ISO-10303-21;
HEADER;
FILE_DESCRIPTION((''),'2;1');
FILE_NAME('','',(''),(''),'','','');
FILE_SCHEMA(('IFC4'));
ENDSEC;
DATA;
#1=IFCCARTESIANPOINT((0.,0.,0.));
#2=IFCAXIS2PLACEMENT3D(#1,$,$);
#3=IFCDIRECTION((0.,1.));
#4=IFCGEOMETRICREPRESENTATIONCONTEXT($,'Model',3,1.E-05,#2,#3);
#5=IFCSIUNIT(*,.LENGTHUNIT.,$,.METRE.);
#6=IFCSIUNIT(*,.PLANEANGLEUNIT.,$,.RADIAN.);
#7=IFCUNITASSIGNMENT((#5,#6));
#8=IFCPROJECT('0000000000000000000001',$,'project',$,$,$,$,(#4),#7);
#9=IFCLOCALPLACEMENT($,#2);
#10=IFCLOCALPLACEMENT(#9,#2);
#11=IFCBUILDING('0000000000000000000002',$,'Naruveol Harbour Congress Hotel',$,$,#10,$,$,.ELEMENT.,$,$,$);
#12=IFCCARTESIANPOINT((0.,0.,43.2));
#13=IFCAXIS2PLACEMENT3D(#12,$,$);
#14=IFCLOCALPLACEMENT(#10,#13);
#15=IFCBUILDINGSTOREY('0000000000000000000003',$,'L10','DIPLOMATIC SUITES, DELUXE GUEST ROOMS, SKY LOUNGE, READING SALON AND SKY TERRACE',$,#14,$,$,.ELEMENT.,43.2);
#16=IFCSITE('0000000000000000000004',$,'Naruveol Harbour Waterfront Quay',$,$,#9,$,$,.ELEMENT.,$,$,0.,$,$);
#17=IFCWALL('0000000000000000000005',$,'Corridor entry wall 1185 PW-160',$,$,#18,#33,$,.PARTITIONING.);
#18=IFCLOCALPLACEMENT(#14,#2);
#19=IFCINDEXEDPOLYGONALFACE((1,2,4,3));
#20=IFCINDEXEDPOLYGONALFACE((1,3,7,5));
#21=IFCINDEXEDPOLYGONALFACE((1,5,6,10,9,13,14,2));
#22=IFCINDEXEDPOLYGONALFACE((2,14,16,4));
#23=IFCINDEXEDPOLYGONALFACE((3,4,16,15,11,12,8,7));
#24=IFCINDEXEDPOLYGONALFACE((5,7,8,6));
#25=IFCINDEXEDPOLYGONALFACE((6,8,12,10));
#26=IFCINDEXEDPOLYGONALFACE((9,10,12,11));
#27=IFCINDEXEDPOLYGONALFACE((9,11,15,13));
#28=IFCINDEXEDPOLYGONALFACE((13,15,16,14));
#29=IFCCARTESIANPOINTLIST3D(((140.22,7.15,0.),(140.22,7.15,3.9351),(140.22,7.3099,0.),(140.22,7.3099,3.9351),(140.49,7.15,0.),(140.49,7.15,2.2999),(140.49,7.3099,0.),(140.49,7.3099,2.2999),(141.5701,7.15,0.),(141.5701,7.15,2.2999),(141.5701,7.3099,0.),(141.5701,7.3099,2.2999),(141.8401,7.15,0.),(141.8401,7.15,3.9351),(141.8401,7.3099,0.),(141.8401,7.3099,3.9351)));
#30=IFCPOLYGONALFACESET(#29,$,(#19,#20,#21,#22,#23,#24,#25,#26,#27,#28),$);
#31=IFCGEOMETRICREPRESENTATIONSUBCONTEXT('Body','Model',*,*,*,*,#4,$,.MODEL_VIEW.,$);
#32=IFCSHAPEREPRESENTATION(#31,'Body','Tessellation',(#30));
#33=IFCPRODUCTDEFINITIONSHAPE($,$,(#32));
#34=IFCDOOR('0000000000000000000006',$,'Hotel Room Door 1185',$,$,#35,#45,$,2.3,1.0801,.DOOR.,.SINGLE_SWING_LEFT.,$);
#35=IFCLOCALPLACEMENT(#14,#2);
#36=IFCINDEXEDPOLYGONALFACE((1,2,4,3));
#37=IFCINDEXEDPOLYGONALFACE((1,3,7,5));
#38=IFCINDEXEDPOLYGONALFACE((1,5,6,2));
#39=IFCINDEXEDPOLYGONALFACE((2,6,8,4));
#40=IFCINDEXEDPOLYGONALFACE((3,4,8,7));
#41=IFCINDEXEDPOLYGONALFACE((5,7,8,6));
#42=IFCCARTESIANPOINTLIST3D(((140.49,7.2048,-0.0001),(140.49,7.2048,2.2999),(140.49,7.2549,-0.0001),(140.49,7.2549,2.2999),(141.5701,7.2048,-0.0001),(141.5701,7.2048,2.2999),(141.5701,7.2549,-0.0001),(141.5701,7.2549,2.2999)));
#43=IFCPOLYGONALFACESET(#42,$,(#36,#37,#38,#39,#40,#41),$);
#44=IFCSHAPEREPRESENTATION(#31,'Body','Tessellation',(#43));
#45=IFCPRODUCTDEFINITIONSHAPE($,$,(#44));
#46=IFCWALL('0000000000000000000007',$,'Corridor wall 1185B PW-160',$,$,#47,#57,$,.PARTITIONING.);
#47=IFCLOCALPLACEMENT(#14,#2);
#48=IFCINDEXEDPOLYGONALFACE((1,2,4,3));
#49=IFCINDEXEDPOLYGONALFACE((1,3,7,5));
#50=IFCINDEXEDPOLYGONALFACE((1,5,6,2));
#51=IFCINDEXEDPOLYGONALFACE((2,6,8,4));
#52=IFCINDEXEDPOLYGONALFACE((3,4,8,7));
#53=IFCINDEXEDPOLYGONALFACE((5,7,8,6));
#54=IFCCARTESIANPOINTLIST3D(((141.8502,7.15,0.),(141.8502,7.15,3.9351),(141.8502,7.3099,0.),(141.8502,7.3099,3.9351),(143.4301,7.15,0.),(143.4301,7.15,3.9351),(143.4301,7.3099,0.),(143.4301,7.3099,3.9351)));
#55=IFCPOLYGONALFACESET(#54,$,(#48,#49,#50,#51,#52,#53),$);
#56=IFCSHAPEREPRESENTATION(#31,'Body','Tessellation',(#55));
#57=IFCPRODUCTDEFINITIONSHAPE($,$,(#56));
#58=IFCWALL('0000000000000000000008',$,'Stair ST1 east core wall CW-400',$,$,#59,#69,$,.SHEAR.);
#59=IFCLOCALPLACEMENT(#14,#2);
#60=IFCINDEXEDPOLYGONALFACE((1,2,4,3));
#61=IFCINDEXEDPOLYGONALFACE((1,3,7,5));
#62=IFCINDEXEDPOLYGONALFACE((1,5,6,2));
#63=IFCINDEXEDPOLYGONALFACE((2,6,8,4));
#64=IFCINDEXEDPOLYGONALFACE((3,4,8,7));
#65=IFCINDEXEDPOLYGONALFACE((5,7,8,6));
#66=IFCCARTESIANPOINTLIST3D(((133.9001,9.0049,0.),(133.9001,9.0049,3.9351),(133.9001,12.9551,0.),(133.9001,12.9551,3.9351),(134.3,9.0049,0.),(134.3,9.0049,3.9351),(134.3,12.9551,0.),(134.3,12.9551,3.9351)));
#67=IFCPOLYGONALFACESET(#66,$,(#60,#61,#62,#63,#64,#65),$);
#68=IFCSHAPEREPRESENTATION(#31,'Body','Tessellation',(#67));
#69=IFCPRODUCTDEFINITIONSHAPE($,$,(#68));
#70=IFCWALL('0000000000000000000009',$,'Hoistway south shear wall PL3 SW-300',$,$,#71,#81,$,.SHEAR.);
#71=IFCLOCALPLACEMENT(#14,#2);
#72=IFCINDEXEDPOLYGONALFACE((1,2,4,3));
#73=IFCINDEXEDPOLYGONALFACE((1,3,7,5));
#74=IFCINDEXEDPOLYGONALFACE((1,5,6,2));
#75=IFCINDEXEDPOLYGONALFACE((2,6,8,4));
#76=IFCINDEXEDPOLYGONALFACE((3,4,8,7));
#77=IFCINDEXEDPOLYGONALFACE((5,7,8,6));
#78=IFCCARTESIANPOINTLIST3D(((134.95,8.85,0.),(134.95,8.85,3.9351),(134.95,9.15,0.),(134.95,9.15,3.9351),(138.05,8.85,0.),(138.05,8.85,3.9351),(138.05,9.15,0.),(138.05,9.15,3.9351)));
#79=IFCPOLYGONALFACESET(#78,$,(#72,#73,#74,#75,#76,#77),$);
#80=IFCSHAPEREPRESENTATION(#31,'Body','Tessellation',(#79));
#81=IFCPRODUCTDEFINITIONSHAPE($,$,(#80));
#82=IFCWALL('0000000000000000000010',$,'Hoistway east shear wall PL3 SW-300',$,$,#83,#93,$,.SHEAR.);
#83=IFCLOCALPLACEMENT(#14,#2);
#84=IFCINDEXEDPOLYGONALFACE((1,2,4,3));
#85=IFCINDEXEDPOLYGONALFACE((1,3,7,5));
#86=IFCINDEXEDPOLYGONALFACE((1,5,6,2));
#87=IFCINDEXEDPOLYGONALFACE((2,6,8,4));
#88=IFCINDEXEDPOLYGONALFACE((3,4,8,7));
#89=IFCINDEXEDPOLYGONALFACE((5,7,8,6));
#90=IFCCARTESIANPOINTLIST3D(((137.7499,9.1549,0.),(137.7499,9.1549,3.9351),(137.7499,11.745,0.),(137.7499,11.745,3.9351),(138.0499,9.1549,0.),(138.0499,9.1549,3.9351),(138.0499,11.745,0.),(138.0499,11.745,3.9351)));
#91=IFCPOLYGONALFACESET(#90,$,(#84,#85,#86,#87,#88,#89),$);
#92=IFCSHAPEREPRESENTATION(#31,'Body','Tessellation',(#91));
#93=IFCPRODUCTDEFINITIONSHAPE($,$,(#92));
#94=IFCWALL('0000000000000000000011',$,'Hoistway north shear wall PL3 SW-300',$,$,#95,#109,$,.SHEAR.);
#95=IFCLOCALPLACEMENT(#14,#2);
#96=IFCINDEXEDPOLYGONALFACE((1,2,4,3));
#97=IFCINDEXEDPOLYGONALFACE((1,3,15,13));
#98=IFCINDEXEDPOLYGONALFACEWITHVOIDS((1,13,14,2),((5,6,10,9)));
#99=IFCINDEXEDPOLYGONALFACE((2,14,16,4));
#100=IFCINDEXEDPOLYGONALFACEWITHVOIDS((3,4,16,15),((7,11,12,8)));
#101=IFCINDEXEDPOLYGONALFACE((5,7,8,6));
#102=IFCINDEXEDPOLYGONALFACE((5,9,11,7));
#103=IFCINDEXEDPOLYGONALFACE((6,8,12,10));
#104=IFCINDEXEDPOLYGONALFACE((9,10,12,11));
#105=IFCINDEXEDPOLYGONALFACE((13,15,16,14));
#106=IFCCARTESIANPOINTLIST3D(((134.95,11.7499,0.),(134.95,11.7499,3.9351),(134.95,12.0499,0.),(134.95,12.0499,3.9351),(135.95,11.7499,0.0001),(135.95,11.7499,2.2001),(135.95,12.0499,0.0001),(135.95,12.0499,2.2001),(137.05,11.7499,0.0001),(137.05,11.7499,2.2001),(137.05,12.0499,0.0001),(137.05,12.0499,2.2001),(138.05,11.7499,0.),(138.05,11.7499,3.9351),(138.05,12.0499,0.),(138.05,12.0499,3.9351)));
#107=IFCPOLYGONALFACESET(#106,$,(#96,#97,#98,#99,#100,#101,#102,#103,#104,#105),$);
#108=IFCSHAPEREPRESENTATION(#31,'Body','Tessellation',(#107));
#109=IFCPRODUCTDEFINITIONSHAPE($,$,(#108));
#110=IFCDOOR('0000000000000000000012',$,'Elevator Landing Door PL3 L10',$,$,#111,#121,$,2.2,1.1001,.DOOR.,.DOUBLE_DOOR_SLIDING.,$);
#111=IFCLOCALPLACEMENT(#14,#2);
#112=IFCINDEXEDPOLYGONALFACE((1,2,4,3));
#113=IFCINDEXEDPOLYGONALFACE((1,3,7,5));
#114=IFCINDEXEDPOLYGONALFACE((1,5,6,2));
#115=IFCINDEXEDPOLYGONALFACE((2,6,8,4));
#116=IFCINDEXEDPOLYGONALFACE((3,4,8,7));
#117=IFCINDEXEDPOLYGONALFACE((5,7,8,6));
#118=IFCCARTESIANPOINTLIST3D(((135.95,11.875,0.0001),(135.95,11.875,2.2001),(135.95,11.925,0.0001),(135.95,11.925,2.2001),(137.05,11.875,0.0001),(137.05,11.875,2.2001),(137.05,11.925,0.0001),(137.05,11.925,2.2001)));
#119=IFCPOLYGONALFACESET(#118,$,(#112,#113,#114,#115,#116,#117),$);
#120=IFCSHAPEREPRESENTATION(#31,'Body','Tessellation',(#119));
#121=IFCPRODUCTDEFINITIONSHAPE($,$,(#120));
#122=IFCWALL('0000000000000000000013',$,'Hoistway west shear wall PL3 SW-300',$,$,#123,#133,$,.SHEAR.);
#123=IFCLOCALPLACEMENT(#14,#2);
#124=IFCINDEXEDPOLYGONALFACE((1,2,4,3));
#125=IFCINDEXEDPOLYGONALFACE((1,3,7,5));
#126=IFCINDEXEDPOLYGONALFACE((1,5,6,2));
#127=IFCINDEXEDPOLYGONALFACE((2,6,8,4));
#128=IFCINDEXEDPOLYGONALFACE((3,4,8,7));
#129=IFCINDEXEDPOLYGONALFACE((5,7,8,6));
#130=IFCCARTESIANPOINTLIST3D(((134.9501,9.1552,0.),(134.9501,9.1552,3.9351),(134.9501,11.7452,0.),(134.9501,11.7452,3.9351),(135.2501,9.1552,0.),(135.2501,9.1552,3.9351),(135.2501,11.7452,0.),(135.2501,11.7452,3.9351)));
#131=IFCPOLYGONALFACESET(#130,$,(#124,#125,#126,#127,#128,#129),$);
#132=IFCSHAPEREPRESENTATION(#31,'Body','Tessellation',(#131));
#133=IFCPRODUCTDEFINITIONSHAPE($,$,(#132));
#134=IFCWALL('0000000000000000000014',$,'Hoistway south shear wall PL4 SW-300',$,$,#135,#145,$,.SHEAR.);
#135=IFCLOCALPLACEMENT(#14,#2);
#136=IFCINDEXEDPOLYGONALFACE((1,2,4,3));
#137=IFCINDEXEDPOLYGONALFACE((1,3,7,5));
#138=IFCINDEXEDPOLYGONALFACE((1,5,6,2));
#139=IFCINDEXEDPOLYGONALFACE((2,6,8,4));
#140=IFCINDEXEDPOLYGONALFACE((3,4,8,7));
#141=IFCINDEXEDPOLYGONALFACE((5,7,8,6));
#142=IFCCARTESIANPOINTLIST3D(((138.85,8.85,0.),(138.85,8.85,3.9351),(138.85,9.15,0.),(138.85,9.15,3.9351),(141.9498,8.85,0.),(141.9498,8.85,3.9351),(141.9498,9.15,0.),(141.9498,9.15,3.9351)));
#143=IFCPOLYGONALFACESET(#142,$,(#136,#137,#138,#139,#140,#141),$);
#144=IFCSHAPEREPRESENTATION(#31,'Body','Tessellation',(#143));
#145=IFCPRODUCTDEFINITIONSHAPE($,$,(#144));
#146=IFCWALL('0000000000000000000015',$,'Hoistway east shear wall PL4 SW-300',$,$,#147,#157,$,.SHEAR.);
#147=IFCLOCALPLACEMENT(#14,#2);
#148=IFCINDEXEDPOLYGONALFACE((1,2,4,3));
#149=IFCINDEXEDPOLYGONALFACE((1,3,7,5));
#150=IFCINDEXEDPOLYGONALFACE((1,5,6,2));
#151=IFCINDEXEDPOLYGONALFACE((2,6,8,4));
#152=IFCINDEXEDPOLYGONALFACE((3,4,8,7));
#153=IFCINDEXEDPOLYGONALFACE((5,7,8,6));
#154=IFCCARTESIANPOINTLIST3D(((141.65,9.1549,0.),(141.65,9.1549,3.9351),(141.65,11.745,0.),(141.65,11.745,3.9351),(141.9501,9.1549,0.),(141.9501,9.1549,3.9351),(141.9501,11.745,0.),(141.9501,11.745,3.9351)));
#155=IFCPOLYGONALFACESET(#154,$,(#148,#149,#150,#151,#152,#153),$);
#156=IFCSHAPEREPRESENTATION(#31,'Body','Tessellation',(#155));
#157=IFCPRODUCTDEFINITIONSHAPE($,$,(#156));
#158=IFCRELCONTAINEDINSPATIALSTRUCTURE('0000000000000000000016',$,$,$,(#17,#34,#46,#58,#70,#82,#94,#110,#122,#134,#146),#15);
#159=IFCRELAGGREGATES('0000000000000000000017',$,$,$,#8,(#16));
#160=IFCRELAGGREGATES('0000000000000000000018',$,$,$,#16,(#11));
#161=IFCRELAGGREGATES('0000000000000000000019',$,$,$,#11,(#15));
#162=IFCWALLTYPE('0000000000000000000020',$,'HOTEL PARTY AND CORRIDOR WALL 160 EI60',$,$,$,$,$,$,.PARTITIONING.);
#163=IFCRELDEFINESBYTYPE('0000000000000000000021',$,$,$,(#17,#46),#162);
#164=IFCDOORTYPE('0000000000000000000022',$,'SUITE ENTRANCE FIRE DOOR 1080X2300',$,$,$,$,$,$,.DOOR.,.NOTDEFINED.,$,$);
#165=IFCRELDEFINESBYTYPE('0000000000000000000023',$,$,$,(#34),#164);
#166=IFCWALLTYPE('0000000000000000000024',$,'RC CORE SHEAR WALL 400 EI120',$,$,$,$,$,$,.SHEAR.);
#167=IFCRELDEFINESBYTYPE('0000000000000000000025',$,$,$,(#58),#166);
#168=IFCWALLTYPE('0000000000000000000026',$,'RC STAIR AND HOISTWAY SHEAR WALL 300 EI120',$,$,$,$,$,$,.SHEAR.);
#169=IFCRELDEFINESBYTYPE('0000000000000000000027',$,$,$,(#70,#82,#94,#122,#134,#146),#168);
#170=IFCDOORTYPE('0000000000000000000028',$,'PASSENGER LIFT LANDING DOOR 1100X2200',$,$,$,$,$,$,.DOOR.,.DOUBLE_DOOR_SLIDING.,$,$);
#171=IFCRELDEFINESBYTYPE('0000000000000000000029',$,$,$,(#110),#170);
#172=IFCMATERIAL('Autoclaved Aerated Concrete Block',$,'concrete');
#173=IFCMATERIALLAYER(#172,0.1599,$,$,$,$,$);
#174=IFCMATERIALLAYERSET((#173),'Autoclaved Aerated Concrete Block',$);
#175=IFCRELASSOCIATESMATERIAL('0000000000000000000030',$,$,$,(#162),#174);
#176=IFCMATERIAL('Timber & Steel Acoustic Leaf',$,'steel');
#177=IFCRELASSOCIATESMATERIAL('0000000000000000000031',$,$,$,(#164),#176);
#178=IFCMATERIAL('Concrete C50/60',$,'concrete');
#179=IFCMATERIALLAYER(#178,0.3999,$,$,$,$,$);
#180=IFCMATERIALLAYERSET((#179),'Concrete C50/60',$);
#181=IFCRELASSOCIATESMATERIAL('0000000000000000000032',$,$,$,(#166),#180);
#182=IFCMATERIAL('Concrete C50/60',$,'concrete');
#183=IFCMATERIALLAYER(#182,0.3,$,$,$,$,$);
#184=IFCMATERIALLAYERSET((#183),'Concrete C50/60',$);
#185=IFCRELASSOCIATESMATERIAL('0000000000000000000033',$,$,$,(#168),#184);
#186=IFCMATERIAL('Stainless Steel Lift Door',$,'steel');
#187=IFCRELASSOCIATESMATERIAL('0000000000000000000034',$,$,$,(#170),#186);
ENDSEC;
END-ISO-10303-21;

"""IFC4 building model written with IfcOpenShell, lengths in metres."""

from ifc_helpers import new_model, si_unit, direction, frame, frame_2d, origin, place, context, subcontext, project, spatial, rectangle, extrude, material, layer, layer_set, type_object, element, fill, save


model = new_model("IFC4")

# Units and contexts
model_context = context("Model", 3, precision=1e-05, world=origin(), true_north=direction((0.0, 1.0)))
body_context = subcontext(model_context, "Body", "Model", "MODEL_VIEW")
ifc_project = project(units=[si_unit("LENGTHUNIT", "METRE"), si_unit("PLANEANGLEUNIT", "RADIAN")], contexts=[model_context])

# Site, building, storey
site_placement = place(None, origin())
site = spatial("IfcSite", under=ifc_project, at=site_placement, Name="Naruveol Harbour Waterfront Quay", CompositionType="ELEMENT", RefElevation=0.0)
building_placement = place(site_placement, origin())
building = spatial("IfcBuilding", under=site, at=building_placement, Name="Naruveol Harbour Congress Hotel", CompositionType="ELEMENT")
storey_placement = place(building_placement, frame((0.0, 0.0, 43.2)))
storey = spatial("IfcBuildingStorey", under=building, at=storey_placement, Name="L10", Description="DIPLOMATIC SUITES, DELUXE GUEST ROOMS, SKY LOUNGE, READING SALON AND SKY TERRACE", CompositionType="ELEMENT", Elevation=43.2)

# Shared definitions
ifc_material_1 = material(Name="Autoclaved Aerated Concrete Block", Category="concrete")
ifc_layer_1 = layer(ifc_material_1, 0.1599)
ifc_layer_set_1 = layer_set([ifc_layer_1], Name="Autoclaved Aerated Concrete Block")
wall_type_1 = type_object("IfcWallType", Name="HOTEL PARTY AND CORRIDOR WALL 160 EI60", PredefinedType="PARTITIONING", material=ifc_layer_set_1)

# Wall, opening, door
wall_1_placement = place(storey_placement, frame((140.22, 7.23, 0.0), z_axis=(0.0, 0.0, 1.0), x_axis=(1.0, 0.0, 0.0)))
wall_1 = element("IfcWall", 1, at=wall_1_placement, inside=storey, type_object=wall_type_1, Name="Corridor entry wall 1185 PW-160", PredefinedType="PARTITIONING", context=body_context, shape_type="SweptSolid", body=[
    extrude(rectangle(XDim=1.6201, YDim=0.1599, at=frame_2d((0.8101, 0.0))), origin(), (0.0, 0.0, 1.0), 3.9351),
])
opening_1_placement = place(wall_1_placement, frame((0.27, 0.0, 0.0)))
opening_1 = element("IfcOpeningElement", 2, at=opening_1_placement, cuts=wall_1, PredefinedType="OPENING", context=body_context, shape_type="SweptSolid", body=[
    extrude(rectangle(XDim=1.0801, YDim=2.3, at=frame_2d((0.54, 1.1499))), frame((0.0, 0.0898, 0.0), z_axis=(0.0, -1.0, 0.0), x_axis=(1.0, 0.0, 0.0)), (0.0, 0.0, 1.0), 0.1799),
])
ifc_material_2 = material(Name="Timber & Steel Acoustic Leaf", Category="steel")
door_type_1 = type_object("IfcDoorType", Name="SUITE ENTRANCE FIRE DOOR 1080X2300", OperationType="NOTDEFINED", PredefinedType="DOOR", material=ifc_material_2)
door_1_placement = place(opening_1_placement, origin())
door_1 = element("IfcDoor", 3, at=door_1_placement, inside=storey, type_object=door_type_1, Name="Hotel Room Door 1185", OperationType="SINGLE_SWING_LEFT", OverallHeight=2.3, OverallWidth=1.0801, PredefinedType="DOOR", context=body_context, shape_type="SweptSolid", body=[
    extrude(rectangle(XDim=1.0801, YDim=2.3, at=frame_2d((0.54, 1.1499))), frame((0.0, 0.0249, 0.0), z_axis=(0.0, -1.0, 0.0), x_axis=(1.0, 0.0, 0.0)), (0.0, 0.0, 1.0), 0.05),
])
fill(opening_1, door_1)

# Walls
wall_2_placement = place(storey_placement, frame((141.8501, 7.23, 0.0), z_axis=(0.0, 0.0, 1.0), x_axis=(1.0, 0.0, 0.0)))
element("IfcWall", 4, at=wall_2_placement, inside=storey, type_object=wall_type_1, Name="Corridor wall 1185B PW-160", PredefinedType="PARTITIONING", context=body_context, shape_type="SweptSolid", body=[
    extrude(rectangle(XDim=1.5798, YDim=0.1599, at=frame_2d((0.79, 0.0))), origin(), (0.0, 0.0, 1.0), 3.9351),
])
ifc_material_3 = material(Name="Concrete C50/60", Category="concrete")
ifc_layer_2 = layer(ifc_material_3, 0.3999)
ifc_layer_set_2 = layer_set([ifc_layer_2], Name="Concrete C50/60")
wall_type_2 = type_object("IfcWallType", Name="RC CORE SHEAR WALL 400 EI120", PredefinedType="SHEAR", material=ifc_layer_set_2)
wall_3_placement = place(storey_placement, frame((134.1001, 9.0049, 0.0), z_axis=(0.0, 0.0, 1.0), x_axis=(0.0, 1.0, 0.0)))
element("IfcWall", 5, at=wall_3_placement, inside=storey, type_object=wall_type_2, Name="Stair ST1 east core wall CW-400", PredefinedType="SHEAR", context=body_context, shape_type="SweptSolid", body=[
    extrude(rectangle(XDim=3.9502, YDim=0.3999, at=frame_2d((1.9751, 0.0))), origin(), (0.0, 0.0, 1.0), 3.9351),
])
ifc_material_4 = material(Name="Concrete C50/60", Category="concrete")
ifc_layer_3 = layer(ifc_material_4, 0.3)
ifc_layer_set_3 = layer_set([ifc_layer_3], Name="Concrete C50/60")
wall_type_3 = type_object("IfcWallType", Name="RC STAIR AND HOISTWAY SHEAR WALL 300 EI120", PredefinedType="SHEAR", material=ifc_layer_set_3)
wall_4_placement = place(storey_placement, frame((134.95, 9.0, 0.0), z_axis=(0.0, 0.0, 1.0), x_axis=(1.0, 0.0, 0.0)))
element("IfcWall", 6, at=wall_4_placement, inside=storey, type_object=wall_type_3, Name="Hoistway south shear wall PL3 SW-300", PredefinedType="SHEAR", context=body_context, shape_type="SweptSolid", body=[
    extrude(rectangle(XDim=3.1001, YDim=0.3, at=frame_2d((1.55, 0.0))), origin(), (0.0, 0.0, 1.0), 3.9351),
])
wall_5_placement = place(storey_placement, frame((137.8999, 9.155, 0.0), z_axis=(0.0, 0.0, 1.0), x_axis=(0.0, 1.0, 0.0)))
element("IfcWall", 7, at=wall_5_placement, inside=storey, type_object=wall_type_3, Name="Hoistway east shear wall PL3 SW-300", PredefinedType="SHEAR", context=body_context, shape_type="SweptSolid", body=[
    extrude(rectangle(XDim=2.5901, YDim=0.3, at=frame_2d((1.2949, 0.0))), origin(), (0.0, 0.0, 1.0), 3.9351),
])

# Wall, opening, door
wall_6_placement = place(storey_placement, frame((138.05, 11.8999, 0.0), z_axis=(0.0, 0.0, 1.0), x_axis=(-1.0, 0.0, 0.0)))
wall_6 = element("IfcWall", 8, at=wall_6_placement, inside=storey, type_object=wall_type_3, Name="Hoistway north shear wall PL3 SW-300", PredefinedType="SHEAR", context=body_context, shape_type="SweptSolid", body=[
    extrude(rectangle(XDim=3.1001, YDim=0.3, at=frame_2d((1.55, 0.0))), origin(), (0.0, 0.0, 1.0), 3.9351),
])
opening_2_placement = place(wall_6_placement, frame((1.0, 0.0, 0.0)))
opening_2 = element("IfcOpeningElement", 9, at=opening_2_placement, cuts=wall_6, PredefinedType="OPENING", context=body_context, shape_type="SweptSolid", body=[
    extrude(rectangle(XDim=1.1001, YDim=2.2, at=frame_2d((0.55, 1.1001))), frame((0.0, 0.1599, 0.0), z_axis=(0.0, -1.0, 0.0), x_axis=(1.0, 0.0, 0.0)), (0.0, 0.0, 1.0), 0.3201),
])
ifc_material_5 = material(Name="Stainless Steel Lift Door", Category="steel")
door_type_2 = type_object("IfcDoorType", Name="PASSENGER LIFT LANDING DOOR 1100X2200", OperationType="DOUBLE_DOOR_SLIDING", PredefinedType="DOOR", material=ifc_material_5)
door_2_placement = place(opening_2_placement, origin())
door_2 = element("IfcDoor", 10, at=door_2_placement, inside=storey, type_object=door_type_2, Name="Elevator Landing Door PL3 L10", OperationType="DOUBLE_DOOR_SLIDING", OverallHeight=2.2, OverallWidth=1.1001, PredefinedType="DOOR", context=body_context, shape_type="SweptSolid", body=[
    extrude(rectangle(XDim=1.1001, YDim=2.2, at=frame_2d((0.55, 1.1001))), frame((0.0, 0.0249, 0.0), z_axis=(0.0, -1.0, 0.0), x_axis=(1.0, 0.0, 0.0)), (0.0, 0.0, 1.0), 0.05),
])
fill(opening_2, door_2)

# Walls
wall_7_placement = place(storey_placement, frame((135.1001, 11.7451, 0.0), z_axis=(0.0, 0.0, 1.0), x_axis=(0.0, -1.0, 0.0)))
element("IfcWall", 11, at=wall_7_placement, inside=storey, type_object=wall_type_3, Name="Hoistway west shear wall PL3 SW-300", PredefinedType="SHEAR", context=body_context, shape_type="SweptSolid", body=[
    extrude(rectangle(XDim=2.5901, YDim=0.3, at=frame_2d((1.2949, 0.0))), origin(), (0.0, 0.0, 1.0), 3.9351),
])
wall_8_placement = place(storey_placement, frame((138.8501, 9.0, 0.0), z_axis=(0.0, 0.0, 1.0), x_axis=(1.0, 0.0, 0.0)))
element("IfcWall", 12, at=wall_8_placement, inside=storey, type_object=wall_type_3, Name="Hoistway south shear wall PL4 SW-300", PredefinedType="SHEAR", context=body_context, shape_type="SweptSolid", body=[
    extrude(rectangle(XDim=3.0999, YDim=0.3, at=frame_2d((1.5498, 0.0))), origin(), (0.0, 0.0, 1.0), 3.9351),
])
wall_9_placement = place(storey_placement, frame((141.8, 9.155, 0.0), z_axis=(0.0, 0.0, 1.0), x_axis=(0.0, 1.0, 0.0)))
element("IfcWall", 13, at=wall_9_placement, inside=storey, type_object=wall_type_3, Name="Hoistway east shear wall PL4 SW-300", PredefinedType="SHEAR", context=body_context, shape_type="SweptSolid", body=[
    extrude(rectangle(XDim=2.5901, YDim=0.3, at=frame_2d((1.2949, 0.0))), origin(), (0.0, 0.0, 1.0), 3.9351),
])

save(model, "model.ifc")
